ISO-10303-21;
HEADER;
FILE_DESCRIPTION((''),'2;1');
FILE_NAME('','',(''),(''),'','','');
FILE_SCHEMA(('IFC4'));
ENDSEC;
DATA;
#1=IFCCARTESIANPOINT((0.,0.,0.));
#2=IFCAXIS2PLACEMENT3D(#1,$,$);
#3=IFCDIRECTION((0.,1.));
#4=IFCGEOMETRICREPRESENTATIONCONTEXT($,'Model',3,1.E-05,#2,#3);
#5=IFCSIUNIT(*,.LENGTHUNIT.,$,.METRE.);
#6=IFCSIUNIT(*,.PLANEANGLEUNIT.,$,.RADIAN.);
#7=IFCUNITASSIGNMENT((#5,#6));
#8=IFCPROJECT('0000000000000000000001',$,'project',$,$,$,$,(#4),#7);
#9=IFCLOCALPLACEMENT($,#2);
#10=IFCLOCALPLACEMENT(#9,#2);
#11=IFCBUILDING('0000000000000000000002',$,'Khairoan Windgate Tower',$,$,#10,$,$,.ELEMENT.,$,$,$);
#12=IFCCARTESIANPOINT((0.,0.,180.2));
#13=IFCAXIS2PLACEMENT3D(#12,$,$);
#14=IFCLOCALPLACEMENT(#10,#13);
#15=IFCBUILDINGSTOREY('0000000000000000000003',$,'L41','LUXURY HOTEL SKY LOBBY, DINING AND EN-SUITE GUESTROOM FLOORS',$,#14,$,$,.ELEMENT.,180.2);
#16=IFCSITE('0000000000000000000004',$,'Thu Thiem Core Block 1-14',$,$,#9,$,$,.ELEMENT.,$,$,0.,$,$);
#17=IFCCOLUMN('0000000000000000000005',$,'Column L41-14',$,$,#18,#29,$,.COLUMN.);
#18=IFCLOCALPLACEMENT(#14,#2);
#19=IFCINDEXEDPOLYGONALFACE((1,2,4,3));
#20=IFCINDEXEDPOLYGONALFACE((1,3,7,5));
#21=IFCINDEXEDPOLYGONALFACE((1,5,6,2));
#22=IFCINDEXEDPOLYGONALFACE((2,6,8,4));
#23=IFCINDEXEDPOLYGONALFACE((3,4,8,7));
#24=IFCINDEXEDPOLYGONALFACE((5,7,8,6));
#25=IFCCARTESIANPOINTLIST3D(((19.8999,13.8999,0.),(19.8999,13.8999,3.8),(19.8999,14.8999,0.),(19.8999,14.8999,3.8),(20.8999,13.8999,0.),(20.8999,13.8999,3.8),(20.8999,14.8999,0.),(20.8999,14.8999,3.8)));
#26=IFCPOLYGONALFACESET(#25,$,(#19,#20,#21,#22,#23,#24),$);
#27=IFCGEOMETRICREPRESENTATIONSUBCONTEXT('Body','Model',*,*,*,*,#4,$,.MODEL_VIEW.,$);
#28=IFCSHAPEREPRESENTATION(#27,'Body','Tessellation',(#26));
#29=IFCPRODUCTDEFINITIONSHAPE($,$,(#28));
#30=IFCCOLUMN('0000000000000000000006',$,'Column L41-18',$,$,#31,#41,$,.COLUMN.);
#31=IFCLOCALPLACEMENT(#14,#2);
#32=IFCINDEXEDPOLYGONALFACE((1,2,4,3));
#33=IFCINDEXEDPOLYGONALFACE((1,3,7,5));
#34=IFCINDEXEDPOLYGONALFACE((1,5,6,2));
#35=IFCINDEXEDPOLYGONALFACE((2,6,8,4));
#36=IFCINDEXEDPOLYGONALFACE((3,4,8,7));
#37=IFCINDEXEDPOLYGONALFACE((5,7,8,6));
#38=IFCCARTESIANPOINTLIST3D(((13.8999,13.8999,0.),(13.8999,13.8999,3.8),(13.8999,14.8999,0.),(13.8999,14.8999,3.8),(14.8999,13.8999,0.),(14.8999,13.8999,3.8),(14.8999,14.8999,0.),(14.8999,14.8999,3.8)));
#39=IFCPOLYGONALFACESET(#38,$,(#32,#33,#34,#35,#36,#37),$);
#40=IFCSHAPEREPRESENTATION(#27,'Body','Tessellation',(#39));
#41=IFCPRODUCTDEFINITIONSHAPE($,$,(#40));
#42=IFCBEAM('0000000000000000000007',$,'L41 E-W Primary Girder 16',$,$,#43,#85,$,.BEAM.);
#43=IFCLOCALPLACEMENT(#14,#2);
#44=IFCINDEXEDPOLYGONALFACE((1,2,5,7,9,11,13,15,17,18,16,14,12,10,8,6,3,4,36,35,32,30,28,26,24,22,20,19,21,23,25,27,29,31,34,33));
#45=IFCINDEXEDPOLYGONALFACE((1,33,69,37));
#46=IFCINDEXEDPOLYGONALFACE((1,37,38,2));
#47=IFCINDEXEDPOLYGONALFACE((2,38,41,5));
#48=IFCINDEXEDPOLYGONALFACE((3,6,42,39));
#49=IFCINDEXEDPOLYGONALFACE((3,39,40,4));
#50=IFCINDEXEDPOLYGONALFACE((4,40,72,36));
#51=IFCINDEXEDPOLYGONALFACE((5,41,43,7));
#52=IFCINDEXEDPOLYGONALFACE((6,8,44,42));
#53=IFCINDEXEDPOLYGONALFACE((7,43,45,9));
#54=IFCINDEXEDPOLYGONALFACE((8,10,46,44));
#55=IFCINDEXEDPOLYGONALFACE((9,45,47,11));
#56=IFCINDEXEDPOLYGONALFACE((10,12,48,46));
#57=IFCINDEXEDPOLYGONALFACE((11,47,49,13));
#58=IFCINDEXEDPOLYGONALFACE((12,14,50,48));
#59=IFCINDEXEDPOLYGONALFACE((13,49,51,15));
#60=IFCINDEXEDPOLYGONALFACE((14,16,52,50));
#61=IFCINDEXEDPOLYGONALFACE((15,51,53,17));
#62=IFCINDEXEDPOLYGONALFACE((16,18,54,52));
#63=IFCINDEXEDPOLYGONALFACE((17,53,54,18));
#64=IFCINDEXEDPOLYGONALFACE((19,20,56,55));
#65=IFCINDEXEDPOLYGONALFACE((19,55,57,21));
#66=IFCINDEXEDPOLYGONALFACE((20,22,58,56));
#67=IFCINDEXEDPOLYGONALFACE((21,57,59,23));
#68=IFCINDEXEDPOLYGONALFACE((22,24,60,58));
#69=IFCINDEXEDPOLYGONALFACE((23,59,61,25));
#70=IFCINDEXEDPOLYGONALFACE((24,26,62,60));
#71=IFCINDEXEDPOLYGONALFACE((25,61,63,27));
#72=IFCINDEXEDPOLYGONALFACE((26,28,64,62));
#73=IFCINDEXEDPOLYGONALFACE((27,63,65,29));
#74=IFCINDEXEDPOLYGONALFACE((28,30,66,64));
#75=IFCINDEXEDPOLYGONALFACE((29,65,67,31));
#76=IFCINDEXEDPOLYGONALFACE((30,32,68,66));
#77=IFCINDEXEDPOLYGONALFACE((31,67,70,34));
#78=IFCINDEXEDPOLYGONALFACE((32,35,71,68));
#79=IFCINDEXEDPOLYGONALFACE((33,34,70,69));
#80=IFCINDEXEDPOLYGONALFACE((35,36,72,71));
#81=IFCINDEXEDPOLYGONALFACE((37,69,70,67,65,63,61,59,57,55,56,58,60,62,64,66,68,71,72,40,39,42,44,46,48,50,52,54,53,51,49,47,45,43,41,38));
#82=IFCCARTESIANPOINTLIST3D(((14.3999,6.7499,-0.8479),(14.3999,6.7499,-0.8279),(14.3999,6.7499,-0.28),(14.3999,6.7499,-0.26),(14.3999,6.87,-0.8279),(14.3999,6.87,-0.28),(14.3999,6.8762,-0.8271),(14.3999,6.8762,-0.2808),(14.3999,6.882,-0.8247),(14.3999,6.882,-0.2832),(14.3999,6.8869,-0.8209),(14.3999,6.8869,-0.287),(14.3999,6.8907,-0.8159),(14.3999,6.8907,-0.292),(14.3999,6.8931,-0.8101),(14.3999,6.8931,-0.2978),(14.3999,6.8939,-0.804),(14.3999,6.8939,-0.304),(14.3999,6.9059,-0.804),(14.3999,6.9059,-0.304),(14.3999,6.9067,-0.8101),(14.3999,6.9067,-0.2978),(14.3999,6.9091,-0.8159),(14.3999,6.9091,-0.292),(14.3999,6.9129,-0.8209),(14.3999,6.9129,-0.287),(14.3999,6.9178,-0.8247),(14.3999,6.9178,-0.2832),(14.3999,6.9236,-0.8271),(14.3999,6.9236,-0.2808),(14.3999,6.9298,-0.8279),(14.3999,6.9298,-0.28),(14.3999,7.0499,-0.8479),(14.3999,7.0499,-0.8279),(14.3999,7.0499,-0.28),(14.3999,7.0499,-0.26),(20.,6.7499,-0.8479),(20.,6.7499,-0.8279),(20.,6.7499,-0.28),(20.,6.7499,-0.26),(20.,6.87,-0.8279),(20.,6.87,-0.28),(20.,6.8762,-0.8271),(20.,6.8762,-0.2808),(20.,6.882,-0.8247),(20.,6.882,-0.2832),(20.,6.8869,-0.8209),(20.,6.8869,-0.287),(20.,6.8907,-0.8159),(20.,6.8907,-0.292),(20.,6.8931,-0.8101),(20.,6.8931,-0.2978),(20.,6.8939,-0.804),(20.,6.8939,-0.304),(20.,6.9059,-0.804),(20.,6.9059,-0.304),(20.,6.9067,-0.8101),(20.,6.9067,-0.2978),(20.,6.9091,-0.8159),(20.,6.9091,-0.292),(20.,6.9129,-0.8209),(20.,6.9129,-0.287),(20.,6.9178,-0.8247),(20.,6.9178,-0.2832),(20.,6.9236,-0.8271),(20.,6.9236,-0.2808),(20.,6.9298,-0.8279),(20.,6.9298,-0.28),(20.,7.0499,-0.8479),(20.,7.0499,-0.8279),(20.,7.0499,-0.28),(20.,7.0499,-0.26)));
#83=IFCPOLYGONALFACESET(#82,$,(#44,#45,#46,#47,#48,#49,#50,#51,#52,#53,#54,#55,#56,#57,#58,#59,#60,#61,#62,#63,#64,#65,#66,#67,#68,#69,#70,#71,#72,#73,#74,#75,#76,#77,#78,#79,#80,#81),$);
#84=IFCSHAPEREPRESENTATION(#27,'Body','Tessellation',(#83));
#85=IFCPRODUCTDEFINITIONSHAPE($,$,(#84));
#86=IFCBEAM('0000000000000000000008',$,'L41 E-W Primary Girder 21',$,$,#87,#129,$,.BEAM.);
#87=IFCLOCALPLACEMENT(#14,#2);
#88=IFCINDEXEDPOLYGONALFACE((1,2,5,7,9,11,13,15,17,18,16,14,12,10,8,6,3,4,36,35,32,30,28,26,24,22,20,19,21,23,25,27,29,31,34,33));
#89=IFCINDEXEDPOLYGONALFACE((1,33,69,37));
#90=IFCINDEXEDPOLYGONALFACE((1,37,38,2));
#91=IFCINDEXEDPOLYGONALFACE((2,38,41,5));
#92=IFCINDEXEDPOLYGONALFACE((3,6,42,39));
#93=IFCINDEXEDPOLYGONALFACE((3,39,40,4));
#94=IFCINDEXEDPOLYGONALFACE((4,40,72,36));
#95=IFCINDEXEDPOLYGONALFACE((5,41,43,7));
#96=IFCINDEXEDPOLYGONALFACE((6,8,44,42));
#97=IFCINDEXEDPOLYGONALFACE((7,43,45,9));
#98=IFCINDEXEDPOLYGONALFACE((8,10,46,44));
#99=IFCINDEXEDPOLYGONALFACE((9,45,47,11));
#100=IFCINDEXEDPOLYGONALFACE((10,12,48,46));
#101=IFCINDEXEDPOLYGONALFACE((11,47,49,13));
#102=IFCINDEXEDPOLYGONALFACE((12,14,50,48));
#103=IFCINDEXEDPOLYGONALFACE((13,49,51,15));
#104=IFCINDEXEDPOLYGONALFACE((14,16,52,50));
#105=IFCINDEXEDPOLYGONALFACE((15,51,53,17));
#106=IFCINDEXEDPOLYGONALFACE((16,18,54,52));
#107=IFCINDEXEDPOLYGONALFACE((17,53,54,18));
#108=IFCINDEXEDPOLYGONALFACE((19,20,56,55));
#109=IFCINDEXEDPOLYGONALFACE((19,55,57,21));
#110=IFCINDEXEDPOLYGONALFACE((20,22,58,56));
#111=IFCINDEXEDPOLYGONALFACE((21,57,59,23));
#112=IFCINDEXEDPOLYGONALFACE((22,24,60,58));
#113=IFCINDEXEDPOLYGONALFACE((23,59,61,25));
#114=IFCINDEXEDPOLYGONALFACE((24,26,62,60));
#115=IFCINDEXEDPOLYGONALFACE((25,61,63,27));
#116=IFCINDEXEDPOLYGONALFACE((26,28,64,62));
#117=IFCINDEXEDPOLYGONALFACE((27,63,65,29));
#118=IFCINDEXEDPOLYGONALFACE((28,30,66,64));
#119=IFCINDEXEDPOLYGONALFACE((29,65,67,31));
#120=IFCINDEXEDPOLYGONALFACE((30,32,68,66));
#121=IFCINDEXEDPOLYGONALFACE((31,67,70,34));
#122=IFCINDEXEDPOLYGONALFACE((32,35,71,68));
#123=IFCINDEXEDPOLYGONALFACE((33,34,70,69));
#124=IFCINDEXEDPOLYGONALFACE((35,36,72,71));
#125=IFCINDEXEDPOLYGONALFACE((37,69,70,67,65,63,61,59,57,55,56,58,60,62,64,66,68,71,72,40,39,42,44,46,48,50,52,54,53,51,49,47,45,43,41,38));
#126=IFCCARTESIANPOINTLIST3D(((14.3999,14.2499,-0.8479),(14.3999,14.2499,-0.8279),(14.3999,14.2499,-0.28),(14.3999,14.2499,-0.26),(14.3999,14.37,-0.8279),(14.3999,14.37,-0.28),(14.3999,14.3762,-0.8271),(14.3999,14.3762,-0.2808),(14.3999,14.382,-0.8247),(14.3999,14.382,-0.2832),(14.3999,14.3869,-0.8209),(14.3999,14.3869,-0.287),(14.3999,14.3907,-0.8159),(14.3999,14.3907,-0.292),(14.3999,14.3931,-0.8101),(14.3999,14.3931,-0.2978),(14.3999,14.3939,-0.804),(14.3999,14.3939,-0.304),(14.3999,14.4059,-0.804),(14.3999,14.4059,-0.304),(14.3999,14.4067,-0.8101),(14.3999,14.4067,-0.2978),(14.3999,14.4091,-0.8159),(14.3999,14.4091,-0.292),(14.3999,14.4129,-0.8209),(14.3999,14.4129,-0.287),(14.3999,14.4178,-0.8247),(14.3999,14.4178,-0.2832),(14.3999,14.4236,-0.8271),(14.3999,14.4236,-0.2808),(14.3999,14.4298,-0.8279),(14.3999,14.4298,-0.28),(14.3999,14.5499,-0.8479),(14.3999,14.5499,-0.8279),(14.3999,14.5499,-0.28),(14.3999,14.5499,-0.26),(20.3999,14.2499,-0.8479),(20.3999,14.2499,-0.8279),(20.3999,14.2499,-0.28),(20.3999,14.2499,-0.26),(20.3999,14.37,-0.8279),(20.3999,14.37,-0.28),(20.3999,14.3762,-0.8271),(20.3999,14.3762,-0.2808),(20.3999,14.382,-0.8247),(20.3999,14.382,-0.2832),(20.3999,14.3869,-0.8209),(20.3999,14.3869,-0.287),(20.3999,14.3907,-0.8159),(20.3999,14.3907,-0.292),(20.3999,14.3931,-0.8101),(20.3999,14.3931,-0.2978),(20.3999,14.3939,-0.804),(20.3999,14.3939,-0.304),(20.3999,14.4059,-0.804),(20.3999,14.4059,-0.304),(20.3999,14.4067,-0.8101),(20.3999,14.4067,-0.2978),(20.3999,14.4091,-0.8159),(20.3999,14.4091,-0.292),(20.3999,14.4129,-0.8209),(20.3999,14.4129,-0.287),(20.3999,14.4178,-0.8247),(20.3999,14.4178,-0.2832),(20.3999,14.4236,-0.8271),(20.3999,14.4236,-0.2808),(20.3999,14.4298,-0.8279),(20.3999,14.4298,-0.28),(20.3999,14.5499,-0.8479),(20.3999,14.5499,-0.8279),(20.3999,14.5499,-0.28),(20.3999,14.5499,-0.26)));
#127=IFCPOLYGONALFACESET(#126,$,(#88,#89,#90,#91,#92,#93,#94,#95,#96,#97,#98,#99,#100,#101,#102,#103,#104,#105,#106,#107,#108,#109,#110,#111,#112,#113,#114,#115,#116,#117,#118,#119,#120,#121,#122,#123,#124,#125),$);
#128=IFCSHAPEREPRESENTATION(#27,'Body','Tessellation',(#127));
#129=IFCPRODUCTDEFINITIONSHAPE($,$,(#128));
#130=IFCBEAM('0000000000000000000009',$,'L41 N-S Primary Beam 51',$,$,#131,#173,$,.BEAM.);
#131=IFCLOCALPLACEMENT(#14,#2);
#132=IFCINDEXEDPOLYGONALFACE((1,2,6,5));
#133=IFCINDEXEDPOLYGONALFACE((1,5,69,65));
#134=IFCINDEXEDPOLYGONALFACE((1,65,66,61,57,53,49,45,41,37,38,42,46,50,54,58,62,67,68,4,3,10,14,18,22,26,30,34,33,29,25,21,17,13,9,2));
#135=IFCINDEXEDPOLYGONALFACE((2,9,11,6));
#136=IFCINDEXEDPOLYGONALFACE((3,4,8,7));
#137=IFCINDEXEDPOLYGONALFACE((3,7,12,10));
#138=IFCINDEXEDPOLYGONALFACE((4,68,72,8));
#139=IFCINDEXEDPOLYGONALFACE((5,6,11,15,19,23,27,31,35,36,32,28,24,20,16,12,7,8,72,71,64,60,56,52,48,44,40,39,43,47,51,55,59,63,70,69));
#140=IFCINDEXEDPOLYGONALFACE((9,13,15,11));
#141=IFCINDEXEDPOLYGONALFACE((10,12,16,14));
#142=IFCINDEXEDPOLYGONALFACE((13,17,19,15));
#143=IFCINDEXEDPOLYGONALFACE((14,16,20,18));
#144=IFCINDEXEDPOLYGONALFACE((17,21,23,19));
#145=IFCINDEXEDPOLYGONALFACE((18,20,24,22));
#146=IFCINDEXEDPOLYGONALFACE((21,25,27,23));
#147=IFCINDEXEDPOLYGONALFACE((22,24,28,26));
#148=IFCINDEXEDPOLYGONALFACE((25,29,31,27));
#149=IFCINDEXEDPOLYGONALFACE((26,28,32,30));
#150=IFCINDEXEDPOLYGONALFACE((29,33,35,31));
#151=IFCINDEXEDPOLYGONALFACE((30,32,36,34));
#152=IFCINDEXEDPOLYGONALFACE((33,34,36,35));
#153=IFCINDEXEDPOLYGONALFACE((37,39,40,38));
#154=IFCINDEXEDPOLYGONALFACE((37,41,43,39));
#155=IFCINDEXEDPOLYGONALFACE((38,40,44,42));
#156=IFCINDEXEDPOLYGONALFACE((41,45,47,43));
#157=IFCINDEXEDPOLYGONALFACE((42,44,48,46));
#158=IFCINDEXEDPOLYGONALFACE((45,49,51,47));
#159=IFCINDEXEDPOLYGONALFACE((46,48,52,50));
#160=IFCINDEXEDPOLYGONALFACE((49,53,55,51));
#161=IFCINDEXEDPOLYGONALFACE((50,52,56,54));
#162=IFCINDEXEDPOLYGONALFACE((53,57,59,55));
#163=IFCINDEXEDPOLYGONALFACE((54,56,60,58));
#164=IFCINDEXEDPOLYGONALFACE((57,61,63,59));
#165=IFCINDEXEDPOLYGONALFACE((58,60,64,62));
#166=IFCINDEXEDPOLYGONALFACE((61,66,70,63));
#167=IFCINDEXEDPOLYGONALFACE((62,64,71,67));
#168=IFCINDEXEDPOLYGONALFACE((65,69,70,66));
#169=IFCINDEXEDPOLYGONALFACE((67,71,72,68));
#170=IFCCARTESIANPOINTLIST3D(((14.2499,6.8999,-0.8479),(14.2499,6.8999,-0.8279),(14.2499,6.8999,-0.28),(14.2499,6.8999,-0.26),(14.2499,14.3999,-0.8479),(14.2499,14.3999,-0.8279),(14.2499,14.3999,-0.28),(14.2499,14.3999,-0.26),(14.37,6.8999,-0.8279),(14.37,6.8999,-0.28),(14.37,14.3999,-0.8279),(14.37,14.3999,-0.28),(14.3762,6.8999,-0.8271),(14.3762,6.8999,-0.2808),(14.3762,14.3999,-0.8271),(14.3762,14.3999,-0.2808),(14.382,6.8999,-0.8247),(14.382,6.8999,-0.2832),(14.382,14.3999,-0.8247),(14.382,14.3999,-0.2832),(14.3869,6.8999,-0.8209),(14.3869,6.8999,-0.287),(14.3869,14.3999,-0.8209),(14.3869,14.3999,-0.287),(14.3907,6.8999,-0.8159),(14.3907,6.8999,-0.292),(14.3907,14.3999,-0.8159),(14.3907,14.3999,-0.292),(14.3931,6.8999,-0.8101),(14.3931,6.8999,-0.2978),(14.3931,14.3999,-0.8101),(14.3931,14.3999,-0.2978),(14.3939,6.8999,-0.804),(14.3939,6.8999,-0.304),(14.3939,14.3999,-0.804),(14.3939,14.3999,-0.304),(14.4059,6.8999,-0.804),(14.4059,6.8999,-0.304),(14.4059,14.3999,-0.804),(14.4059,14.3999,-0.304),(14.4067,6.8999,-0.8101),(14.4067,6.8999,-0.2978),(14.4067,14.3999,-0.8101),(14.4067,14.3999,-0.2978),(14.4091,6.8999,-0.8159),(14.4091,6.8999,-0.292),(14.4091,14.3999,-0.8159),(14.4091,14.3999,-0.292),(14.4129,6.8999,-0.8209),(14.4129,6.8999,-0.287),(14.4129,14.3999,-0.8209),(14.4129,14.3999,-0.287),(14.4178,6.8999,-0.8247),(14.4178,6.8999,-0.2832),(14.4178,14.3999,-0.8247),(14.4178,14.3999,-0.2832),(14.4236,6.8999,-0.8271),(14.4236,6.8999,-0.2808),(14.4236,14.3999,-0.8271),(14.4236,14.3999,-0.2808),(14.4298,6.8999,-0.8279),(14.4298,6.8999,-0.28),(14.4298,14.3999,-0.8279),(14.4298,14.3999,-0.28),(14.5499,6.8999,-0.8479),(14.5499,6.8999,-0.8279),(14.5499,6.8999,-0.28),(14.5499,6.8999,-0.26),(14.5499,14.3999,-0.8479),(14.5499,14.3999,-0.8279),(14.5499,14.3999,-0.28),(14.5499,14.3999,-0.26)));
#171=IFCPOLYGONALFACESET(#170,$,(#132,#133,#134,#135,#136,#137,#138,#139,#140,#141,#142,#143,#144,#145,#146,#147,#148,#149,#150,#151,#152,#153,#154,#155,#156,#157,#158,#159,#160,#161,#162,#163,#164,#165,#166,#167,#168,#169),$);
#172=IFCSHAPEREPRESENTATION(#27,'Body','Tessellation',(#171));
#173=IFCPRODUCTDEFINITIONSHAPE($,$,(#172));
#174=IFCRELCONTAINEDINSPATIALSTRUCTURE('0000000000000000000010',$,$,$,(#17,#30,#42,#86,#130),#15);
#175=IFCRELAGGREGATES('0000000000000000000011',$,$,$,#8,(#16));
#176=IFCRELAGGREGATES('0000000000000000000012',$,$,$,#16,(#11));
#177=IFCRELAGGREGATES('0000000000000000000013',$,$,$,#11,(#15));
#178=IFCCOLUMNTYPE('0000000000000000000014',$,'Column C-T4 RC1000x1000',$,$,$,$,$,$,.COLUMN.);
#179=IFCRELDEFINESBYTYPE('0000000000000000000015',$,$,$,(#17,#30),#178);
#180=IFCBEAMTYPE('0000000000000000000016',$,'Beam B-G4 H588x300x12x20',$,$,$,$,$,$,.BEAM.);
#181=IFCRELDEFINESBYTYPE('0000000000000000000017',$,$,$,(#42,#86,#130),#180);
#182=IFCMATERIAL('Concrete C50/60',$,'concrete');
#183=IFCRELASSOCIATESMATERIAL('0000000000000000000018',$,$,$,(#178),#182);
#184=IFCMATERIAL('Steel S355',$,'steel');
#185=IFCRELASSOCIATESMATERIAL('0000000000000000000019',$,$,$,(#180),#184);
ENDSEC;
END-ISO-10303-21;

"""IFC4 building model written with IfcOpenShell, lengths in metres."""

from ifc_helpers import new_model, si_unit, direction, frame, origin, origin_2d, place, context, subcontext, project, spatial, rectangle, i_section, extrude, material, material_profile, profile_set, type_object, element, save


model = new_model("IFC4")

# Units and contexts
model_context = context("Model", 3, precision=1e-05, world=origin(), true_north=direction((0.0, 1.0)))
body_context = subcontext(model_context, "Body", "Model", "MODEL_VIEW")
ifc_project = project(units=[si_unit("LENGTHUNIT", "METRE"), si_unit("PLANEANGLEUNIT", "RADIAN")], contexts=[model_context])

# Site, building, storey
site_placement = place(None, origin())
site = spatial("IfcSite", under=ifc_project, at=site_placement, Name="Thu Thiem Core Block 1-14", CompositionType="ELEMENT", RefElevation=0.0)
building_placement = place(site_placement, origin())
building = spatial("IfcBuilding", under=site, at=building_placement, Name="Khairoan Windgate Tower", CompositionType="ELEMENT")
storey_placement = place(building_placement, frame((0.0, 0.0, 180.2)))
storey = spatial("IfcBuildingStorey", under=building, at=storey_placement, Name="L41", Description="LUXURY HOTEL SKY LOBBY, DINING AND EN-SUITE GUESTROOM FLOORS", CompositionType="ELEMENT", Elevation=180.2)

# Columns
ifc_material_1 = material(Name="Concrete C50/60", Category="concrete")
ifc_material_profile_1 = material_profile(ifc_material_1, rectangle(XDim=1.0, YDim=1.0, at=origin_2d()))
ifc_profile_set_1 = profile_set([ifc_material_profile_1], Name="Concrete C50/60")
column_type = type_object("IfcColumnType", Name="Column C-T4 RC1000x1000", PredefinedType="COLUMN", material=ifc_profile_set_1)
for number, where, z_axis, x_axis, name in (
    (1, (20.3999, 14.3999, 0.0), (0.0, 0.0, 1.0), (1.0, 0.0, 0.0), "Column L41-14"),
    (2, (14.3999, 14.3999, 0.0), (0.0, 0.0, 1.0), (1.0, 0.0, 0.0), "Column L41-18"),
):
    element("IfcColumn", number, at=place(storey_placement, frame(where, z_axis=z_axis, x_axis=x_axis)), inside=storey, type_object=column_type, Name=name, PredefinedType="COLUMN", context=body_context, shape_type="SweptSolid", body=[
        extrude(rectangle(XDim=1.0, YDim=1.0, at=origin_2d()), origin(), (0.0, 0.0, 1.0), 3.8),
    ])

# Beams
ifc_material_2 = material(Name="Steel S355", Category="steel")
ifc_material_profile_2 = material_profile(ifc_material_2, i_section(OverallWidth=0.3, OverallDepth=0.5879, WebThickness=0.012, FlangeThickness=0.02, FilletRadius=0.0239, at=origin_2d()))
ifc_profile_set_2 = profile_set([ifc_material_profile_2], Name="Steel S355")
beam_type_1 = type_object("IfcBeamType", Name="Beam B-G4 H588x300x12x20", PredefinedType="BEAM", material=ifc_profile_set_2)
beam_1_placement = place(storey_placement, frame((14.3999, 6.8999, -0.554), z_axis=(1.0, 0.0, 0.0), x_axis=(0.0, 1.0, 0.0)))
element("IfcBeam", 3, at=beam_1_placement, inside=storey, type_object=beam_type_1, Name="L41 E-W Primary Girder 16", PredefinedType="BEAM", context=body_context, shape_type="SweptSolid", body=[
    extrude(i_section(OverallWidth=0.3, OverallDepth=0.5879, WebThickness=0.012, FlangeThickness=0.02, FilletRadius=0.0239, at=origin_2d()), origin(), (0.0, 0.0, 1.0), 5.6001),
])
beam_2_placement = place(storey_placement, frame((14.3999, 14.3999, -0.554), z_axis=(1.0, 0.0, 0.0), x_axis=(0.0, 1.0, 0.0)))
element("IfcBeam", 4, at=beam_2_placement, inside=storey, type_object=beam_type_1, Name="L41 E-W Primary Girder 21", PredefinedType="BEAM", context=body_context, shape_type="SweptSolid", body=[
    extrude(i_section(OverallWidth=0.3, OverallDepth=0.5879, WebThickness=0.012, FlangeThickness=0.02, FilletRadius=0.0239, at=origin_2d()), origin(), (0.0, 0.0, 1.0), 6.0),
])
beam_3_placement = place(storey_placement, frame((14.3999, 6.8999, -0.554), z_axis=(0.0, 1.0, 0.0), x_axis=(-1.0, 0.0, 0.0)))
element("IfcBeam", 5, at=beam_3_placement, inside=storey, type_object=beam_type_1, Name="L41 N-S Primary Beam 51", PredefinedType="BEAM", context=body_context, shape_type="SweptSolid", body=[
    extrude(i_section(OverallWidth=0.3, OverallDepth=0.5879, WebThickness=0.012, FlangeThickness=0.02, FilletRadius=0.0239, at=origin_2d()), origin(), (0.0, 0.0, 1.0), 7.5),
])

save(model, "model.ifc")
